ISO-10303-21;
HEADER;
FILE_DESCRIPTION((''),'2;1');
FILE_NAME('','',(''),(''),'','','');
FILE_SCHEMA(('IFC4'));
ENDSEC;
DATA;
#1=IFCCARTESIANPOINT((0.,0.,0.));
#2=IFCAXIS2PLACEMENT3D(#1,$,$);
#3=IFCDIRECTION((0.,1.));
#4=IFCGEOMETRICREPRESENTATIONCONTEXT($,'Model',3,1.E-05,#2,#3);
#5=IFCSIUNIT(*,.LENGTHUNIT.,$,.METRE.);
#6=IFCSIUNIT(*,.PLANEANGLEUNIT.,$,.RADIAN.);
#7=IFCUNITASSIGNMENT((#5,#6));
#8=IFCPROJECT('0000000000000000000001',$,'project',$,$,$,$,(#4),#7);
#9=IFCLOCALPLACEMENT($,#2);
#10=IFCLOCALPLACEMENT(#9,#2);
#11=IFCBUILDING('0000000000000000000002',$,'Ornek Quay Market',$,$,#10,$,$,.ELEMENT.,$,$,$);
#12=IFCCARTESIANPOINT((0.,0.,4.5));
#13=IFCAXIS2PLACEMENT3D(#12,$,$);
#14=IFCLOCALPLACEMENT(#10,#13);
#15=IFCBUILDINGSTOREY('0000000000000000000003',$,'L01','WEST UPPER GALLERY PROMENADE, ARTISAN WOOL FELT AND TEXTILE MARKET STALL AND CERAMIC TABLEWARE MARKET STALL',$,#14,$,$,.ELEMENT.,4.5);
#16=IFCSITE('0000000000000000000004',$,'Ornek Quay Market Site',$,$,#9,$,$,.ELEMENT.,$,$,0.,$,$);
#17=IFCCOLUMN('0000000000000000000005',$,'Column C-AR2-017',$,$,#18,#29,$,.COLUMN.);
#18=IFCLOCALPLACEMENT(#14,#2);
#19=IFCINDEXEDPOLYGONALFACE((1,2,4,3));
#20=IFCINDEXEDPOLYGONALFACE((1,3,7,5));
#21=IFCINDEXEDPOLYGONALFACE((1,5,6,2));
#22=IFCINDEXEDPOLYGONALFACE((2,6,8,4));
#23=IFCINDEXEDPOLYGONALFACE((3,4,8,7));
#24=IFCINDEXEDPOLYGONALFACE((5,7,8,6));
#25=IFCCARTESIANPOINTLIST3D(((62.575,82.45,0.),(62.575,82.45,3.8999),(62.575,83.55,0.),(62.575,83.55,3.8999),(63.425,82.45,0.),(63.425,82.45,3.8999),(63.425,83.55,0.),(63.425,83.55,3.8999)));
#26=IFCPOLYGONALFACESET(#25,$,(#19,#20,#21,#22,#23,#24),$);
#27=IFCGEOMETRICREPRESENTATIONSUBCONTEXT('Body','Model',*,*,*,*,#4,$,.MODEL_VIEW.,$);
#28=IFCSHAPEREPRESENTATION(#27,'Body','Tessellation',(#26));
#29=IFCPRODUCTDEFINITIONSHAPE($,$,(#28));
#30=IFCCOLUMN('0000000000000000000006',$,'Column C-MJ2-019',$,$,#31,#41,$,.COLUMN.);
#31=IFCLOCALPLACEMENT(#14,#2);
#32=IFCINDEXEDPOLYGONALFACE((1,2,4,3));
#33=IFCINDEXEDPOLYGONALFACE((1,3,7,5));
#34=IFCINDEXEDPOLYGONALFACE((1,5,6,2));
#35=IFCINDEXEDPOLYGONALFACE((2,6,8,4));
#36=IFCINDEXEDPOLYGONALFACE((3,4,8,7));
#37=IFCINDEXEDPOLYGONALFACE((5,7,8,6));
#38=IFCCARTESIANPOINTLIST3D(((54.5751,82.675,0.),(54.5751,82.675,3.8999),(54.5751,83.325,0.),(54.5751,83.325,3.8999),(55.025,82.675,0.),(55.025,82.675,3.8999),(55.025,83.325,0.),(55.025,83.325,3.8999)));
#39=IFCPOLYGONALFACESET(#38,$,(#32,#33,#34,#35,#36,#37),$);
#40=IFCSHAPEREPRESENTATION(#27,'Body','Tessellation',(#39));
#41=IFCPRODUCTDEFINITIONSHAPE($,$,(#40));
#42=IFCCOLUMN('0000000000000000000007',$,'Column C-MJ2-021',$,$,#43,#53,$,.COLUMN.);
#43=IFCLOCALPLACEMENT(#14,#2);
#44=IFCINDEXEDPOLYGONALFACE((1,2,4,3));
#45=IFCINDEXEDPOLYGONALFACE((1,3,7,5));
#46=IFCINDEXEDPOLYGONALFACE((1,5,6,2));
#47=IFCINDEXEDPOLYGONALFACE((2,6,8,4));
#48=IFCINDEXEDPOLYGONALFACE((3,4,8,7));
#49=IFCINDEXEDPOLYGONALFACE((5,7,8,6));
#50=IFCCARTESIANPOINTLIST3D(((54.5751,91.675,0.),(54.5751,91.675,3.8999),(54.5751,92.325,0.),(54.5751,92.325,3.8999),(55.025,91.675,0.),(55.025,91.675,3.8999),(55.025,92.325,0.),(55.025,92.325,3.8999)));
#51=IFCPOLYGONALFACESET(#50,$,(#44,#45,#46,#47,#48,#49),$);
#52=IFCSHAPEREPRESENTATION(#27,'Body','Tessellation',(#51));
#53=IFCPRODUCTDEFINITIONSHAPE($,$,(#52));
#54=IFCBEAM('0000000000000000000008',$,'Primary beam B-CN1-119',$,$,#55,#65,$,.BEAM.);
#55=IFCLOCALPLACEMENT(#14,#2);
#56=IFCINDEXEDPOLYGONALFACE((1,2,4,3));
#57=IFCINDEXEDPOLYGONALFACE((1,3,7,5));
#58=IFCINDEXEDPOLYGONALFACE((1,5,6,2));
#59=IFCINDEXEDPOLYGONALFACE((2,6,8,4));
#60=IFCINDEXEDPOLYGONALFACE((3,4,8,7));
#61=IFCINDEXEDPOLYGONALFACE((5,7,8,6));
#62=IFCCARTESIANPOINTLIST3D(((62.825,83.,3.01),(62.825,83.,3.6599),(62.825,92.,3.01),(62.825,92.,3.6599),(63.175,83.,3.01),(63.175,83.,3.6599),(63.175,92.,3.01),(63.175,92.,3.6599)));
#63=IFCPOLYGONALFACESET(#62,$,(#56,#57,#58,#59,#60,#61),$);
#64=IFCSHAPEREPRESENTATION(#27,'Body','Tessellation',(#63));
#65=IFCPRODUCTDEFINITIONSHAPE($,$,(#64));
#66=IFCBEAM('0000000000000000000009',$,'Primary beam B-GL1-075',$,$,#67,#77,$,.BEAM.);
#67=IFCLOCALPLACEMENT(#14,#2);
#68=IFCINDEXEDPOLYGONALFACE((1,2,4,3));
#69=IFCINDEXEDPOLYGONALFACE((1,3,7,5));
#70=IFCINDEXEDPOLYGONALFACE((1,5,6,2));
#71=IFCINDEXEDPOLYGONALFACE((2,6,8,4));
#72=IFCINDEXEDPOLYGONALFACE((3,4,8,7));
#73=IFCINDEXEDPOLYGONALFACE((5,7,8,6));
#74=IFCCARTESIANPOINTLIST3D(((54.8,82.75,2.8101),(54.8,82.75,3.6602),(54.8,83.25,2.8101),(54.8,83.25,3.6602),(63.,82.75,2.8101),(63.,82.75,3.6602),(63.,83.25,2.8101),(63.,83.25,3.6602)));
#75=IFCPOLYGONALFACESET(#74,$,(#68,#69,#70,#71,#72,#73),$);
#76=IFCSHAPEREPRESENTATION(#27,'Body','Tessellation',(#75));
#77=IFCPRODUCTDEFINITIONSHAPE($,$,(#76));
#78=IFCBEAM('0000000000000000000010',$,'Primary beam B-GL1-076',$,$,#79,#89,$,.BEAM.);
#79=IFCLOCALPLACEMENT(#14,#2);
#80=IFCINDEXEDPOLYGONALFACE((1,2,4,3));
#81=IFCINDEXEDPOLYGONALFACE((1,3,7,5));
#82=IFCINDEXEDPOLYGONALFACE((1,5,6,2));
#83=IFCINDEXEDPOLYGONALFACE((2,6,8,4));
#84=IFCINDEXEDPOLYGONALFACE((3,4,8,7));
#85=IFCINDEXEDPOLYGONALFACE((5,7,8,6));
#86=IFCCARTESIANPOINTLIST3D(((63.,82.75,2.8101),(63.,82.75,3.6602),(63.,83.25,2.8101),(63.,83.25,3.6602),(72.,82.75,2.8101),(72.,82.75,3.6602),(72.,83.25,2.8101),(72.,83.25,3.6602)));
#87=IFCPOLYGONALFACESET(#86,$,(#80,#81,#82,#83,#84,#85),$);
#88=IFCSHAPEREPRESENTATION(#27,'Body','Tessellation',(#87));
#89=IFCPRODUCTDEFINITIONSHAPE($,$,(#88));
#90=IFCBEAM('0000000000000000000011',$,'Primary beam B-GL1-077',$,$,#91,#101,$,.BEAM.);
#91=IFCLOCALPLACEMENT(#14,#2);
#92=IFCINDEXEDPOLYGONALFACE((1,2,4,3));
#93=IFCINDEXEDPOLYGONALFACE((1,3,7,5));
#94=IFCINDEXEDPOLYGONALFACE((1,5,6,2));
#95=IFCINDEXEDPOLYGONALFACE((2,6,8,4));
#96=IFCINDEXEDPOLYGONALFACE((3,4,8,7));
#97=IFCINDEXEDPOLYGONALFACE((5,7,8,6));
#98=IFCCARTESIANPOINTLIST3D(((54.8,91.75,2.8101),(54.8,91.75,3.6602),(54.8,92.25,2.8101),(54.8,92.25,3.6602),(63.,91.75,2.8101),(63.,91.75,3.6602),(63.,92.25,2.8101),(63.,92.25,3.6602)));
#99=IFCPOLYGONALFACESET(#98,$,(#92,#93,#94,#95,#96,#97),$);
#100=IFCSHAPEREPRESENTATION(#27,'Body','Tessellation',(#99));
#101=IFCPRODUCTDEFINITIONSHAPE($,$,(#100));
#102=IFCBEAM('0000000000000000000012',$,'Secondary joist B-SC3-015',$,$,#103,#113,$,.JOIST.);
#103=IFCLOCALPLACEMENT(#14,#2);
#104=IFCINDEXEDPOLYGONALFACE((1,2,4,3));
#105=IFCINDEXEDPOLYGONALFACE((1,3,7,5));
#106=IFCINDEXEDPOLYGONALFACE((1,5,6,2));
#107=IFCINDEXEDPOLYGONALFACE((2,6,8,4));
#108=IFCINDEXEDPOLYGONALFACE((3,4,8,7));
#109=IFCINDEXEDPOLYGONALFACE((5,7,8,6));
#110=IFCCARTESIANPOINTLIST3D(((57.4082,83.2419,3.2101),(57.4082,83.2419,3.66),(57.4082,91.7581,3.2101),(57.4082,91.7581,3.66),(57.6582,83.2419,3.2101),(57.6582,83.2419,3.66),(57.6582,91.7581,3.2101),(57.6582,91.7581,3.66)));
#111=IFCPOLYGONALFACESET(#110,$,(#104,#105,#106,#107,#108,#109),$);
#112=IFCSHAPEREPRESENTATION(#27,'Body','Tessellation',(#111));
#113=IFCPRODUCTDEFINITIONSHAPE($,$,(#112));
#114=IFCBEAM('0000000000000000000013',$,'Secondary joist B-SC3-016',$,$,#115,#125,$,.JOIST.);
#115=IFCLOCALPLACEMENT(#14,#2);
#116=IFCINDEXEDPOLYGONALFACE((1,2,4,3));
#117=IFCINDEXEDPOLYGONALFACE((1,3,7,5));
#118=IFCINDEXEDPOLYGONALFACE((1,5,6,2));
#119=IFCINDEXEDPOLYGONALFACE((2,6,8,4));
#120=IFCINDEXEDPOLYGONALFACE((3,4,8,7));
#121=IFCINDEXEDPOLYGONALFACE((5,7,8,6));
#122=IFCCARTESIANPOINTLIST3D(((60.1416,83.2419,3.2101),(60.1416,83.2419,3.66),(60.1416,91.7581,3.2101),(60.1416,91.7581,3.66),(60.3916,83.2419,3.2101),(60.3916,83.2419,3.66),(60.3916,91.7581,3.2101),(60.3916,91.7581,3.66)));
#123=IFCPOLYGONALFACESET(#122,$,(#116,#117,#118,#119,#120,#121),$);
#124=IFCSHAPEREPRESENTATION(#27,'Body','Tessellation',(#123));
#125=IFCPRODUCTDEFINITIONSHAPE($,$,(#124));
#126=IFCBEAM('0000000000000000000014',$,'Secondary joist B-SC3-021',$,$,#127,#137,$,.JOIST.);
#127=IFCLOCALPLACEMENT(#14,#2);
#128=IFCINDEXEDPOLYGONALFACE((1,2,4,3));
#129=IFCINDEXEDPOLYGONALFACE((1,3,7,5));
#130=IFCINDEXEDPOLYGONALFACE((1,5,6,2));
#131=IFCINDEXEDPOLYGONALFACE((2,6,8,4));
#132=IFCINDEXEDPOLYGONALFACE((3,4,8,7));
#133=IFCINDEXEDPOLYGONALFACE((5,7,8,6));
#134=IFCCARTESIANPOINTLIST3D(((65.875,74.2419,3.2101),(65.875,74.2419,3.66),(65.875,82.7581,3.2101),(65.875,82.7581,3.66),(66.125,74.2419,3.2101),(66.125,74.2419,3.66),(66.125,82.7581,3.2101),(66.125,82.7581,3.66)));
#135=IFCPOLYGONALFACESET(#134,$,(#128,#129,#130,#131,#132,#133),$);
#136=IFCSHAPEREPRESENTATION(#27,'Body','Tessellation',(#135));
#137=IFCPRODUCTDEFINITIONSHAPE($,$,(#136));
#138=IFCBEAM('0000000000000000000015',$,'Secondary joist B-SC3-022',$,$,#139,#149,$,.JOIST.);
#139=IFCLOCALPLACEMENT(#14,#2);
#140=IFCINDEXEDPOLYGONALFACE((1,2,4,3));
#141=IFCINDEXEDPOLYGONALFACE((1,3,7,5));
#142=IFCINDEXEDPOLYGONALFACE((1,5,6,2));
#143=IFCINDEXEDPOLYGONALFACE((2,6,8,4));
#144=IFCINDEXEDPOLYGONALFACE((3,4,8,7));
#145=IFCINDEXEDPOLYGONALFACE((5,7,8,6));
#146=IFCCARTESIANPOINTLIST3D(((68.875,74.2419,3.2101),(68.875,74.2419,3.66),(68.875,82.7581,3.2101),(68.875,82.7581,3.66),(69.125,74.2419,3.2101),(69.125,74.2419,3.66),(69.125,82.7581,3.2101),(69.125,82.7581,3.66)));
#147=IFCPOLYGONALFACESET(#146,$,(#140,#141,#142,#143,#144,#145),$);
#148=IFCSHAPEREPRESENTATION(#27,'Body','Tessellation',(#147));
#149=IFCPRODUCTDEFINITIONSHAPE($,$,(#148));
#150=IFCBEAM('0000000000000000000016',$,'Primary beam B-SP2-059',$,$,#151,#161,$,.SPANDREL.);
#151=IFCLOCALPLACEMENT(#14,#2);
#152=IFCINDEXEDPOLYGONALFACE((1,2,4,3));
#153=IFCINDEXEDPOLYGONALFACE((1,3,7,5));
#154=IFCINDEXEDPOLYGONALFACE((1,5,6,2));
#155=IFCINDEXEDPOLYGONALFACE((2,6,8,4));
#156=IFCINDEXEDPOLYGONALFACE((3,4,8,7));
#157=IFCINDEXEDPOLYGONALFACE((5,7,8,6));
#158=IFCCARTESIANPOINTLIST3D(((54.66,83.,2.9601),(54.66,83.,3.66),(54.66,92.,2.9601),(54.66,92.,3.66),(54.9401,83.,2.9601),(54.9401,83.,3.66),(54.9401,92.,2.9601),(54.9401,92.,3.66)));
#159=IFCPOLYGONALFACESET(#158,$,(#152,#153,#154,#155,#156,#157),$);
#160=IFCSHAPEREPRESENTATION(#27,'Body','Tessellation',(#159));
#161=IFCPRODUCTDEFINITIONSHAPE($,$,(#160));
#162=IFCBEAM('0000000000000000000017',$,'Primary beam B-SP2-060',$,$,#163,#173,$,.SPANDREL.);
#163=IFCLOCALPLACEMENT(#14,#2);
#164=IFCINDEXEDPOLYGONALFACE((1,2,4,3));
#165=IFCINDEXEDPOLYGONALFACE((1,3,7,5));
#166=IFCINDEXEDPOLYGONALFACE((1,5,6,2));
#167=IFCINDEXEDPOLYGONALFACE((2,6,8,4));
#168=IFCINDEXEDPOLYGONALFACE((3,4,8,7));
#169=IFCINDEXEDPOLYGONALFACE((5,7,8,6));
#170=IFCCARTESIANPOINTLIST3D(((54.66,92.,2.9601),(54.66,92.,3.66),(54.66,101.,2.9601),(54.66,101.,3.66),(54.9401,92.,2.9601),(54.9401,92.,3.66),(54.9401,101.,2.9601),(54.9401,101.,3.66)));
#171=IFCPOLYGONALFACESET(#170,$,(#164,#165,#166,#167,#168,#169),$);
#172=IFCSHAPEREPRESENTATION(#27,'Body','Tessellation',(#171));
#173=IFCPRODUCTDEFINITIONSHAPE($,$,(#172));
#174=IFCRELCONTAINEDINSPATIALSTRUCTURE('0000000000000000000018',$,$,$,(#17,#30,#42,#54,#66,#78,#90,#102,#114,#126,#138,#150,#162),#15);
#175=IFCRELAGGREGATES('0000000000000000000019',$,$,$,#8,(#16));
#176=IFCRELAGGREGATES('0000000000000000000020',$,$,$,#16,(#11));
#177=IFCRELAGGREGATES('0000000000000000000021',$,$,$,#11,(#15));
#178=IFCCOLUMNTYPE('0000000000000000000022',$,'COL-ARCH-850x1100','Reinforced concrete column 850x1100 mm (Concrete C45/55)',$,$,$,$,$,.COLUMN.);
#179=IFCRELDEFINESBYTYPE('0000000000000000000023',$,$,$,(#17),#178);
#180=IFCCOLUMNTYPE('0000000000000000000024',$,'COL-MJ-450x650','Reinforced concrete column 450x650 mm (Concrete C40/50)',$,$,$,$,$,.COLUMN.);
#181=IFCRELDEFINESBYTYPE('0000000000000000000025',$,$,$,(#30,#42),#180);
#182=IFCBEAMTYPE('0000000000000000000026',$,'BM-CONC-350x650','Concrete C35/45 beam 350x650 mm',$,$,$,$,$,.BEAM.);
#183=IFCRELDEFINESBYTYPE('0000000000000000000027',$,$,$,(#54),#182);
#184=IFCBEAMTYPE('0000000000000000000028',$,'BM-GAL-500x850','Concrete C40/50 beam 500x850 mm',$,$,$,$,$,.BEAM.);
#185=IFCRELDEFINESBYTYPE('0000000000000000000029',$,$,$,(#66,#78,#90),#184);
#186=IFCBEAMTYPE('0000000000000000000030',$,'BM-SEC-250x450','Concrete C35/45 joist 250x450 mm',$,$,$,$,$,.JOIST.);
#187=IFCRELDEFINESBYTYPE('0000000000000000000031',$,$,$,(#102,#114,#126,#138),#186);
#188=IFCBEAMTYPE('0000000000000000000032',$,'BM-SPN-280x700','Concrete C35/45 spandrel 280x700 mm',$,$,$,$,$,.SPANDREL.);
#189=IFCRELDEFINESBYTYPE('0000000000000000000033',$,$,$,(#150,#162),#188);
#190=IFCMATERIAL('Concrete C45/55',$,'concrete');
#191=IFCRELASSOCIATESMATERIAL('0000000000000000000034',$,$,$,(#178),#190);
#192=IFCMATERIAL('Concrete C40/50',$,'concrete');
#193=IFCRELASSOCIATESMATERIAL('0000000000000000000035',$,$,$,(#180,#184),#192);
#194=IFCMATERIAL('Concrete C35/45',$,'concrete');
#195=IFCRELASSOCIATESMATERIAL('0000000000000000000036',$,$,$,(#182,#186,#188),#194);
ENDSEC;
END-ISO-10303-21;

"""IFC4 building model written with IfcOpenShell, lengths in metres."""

from ifc_helpers import new_model, si_unit, direction, frame, origin, origin_2d, place, context, subcontext, project, spatial, rectangle, extrude, material, material_profile, profile_set, type_object, element, save


model = new_model("IFC4")

# Units and contexts
model_context = context("Model", 3, precision=1e-05, world=origin(), true_north=direction((0.0, 1.0)))
body_context = subcontext(model_context, "Body", "Model", "MODEL_VIEW")
ifc_project = project(units=[si_unit("LENGTHUNIT", "METRE"), si_unit("PLANEANGLEUNIT", "RADIAN")], contexts=[model_context])

# Site, building, storey
site_placement = place(None, origin())
site = spatial("IfcSite", under=ifc_project, at=site_placement, Name="Ornek Quay Market Site", CompositionType="ELEMENT", RefElevation=0.0)
building_placement = place(site_placement, origin())
building = spatial("IfcBuilding", under=site, at=building_placement, Name="Ornek Quay Market", CompositionType="ELEMENT")
storey_placement = place(building_placement, frame((0.0, 0.0, 4.5)))
storey = spatial("IfcBuildingStorey", under=building, at=storey_placement, Name="L01", Description="WEST UPPER GALLERY PROMENADE, ARTISAN WOOL FELT AND TEXTILE MARKET STALL AND CERAMIC TABLEWARE MARKET STALL", CompositionType="ELEMENT", Elevation=4.5)

# Columns
ifc_material_1 = material(Name="Concrete C45/55", Category="concrete")
ifc_material_profile_1 = material_profile(ifc_material_1, rectangle(XDim=0.8501, YDim=1.1001, at=origin_2d()), Name="RC 850x1100", Category="concrete")
ifc_profile_set_1 = profile_set([ifc_material_profile_1], Name="Concrete C45/55")
column_type_1 = type_object("IfcColumnType", Name="COL-ARCH-850x1100", Description="Reinforced concrete column 850x1100 mm (Concrete C45/55)", PredefinedType="COLUMN", material=ifc_profile_set_1)
column_placement = place(storey_placement, frame((63.0, 83.0, 0.0), z_axis=(0.0, 0.0, 1.0), x_axis=(1.0, 0.0, 0.0)))
element("IfcColumn", 1, at=column_placement, inside=storey, type_object=column_type_1, Name="Column C-AR2-017", PredefinedType="COLUMN", context=body_context, shape_type="SweptSolid", body=[
    extrude(rectangle(XDim=0.8501, YDim=1.1001, at=origin_2d()), origin(), (0.0, 0.0, 1.0), 3.8999),
])
ifc_material_2 = material(Name="Concrete C40/50", Category="concrete")
ifc_material_profile_2 = material_profile(ifc_material_2, rectangle(XDim=0.45, YDim=0.6499, at=origin_2d()), Name="RC 450x650", Category="concrete")
ifc_profile_set_2 = profile_set([ifc_material_profile_2], Name="Concrete C40/50")
column_type_2 = type_object("IfcColumnType", Name="COL-MJ-450x650", Description="Reinforced concrete column 450x650 mm (Concrete C40/50)", PredefinedType="COLUMN", material=ifc_profile_set_2)
for number, where, z_axis, x_axis, name in (
    (2, (54.8, 83.0, 0.0), (0.0, 0.0, 1.0), (1.0, 0.0, 0.0), "Column C-MJ2-019"),
    (3, (54.8, 92.0, 0.0), (0.0, 0.0, 1.0), (1.0, 0.0, 0.0), "Column C-MJ2-021"),
):
    element("IfcColumn", number, at=place(storey_placement, frame(where, z_axis=z_axis, x_axis=x_axis)), inside=storey, type_object=column_type_2, Name=name, PredefinedType="COLUMN", context=body_context, shape_type="SweptSolid", body=[
        extrude(rectangle(XDim=0.45, YDim=0.6499, at=origin_2d()), origin(), (0.0, 0.0, 1.0), 3.8999),
    ])

# Beams
ifc_material_3 = material(Name="Concrete C35/45", Category="concrete")
ifc_material_profile_3 = material_profile(ifc_material_3, rectangle(XDim=0.3501, YDim=0.6499, at=origin_2d()), Name="RC 350x650", Category="concrete")
ifc_profile_set_3 = profile_set([ifc_material_profile_3], Name="Concrete C35/45")
beam_type_1 = type_object("IfcBeamType", Name="BM-CONC-350x650", Description="Concrete C35/45 beam 350x650 mm", PredefinedType="BEAM", material=ifc_profile_set_3)
beam_1_placement = place(storey_placement, frame((63.0, 83.0, 3.335), z_axis=(0.0, 1.0, 0.0), x_axis=(-1.0, 0.0, 0.0)))
element("IfcBeam", 4, at=beam_1_placement, inside=storey, type_object=beam_type_1, Name="Primary beam B-CN1-119", PredefinedType="BEAM", context=body_context, shape_type="SweptSolid", body=[
    extrude(rectangle(XDim=0.3501, YDim=0.6499, at=origin_2d()), origin(), (0.0, 0.0, 1.0), 9.0),
])
ifc_material_profile_4 = material_profile(ifc_material_2, rectangle(XDim=0.5, YDim=0.8501, at=origin_2d()), Name="RC 500x850", Category="concrete")
ifc_profile_set_4 = profile_set([ifc_material_profile_4], Name="Concrete C40/50")
beam_type_2 = type_object("IfcBeamType", Name="BM-GAL-500x850", Description="Concrete C40/50 beam 500x850 mm", PredefinedType="BEAM", material=ifc_profile_set_4)
beam_2_placement = place(storey_placement, frame((54.8, 83.0, 3.2351), z_axis=(1.0, 0.0, 0.0), x_axis=(0.0, 1.0, 0.0)))
element("IfcBeam", 5, at=beam_2_placement, inside=storey, type_object=beam_type_2, Name="Primary beam B-GL1-075", PredefinedType="BEAM", context=body_context, shape_type="SweptSolid", body=[
    extrude(rectangle(XDim=0.5, YDim=0.8501, at=origin_2d()), origin(), (0.0, 0.0, 1.0), 8.2),
])
beam_3_placement = place(storey_placement, frame((63.0, 83.0, 3.2351), z_axis=(1.0, 0.0, 0.0), x_axis=(0.0, 1.0, 0.0)))
element("IfcBeam", 6, at=beam_3_placement, inside=storey, type_object=beam_type_2, Name="Primary beam B-GL1-076", PredefinedType="BEAM", context=body_context, shape_type="SweptSolid", body=[
    extrude(rectangle(XDim=0.5, YDim=0.8501, at=origin_2d()), origin(), (0.0, 0.0, 1.0), 9.0),
])
beam_4_placement = place(storey_placement, frame((54.8, 92.0, 3.2351), z_axis=(1.0, 0.0, 0.0), x_axis=(0.0, 1.0, 0.0)))
element("IfcBeam", 7, at=beam_4_placement, inside=storey, type_object=beam_type_2, Name="Primary beam B-GL1-077", PredefinedType="BEAM", context=body_context, shape_type="SweptSolid", body=[
    extrude(rectangle(XDim=0.5, YDim=0.8501, at=origin_2d()), origin(), (0.0, 0.0, 1.0), 8.2),
])
ifc_material_profile_5 = material_profile(ifc_material_3, rectangle(XDim=0.25, YDim=0.45, at=origin_2d()), Name="RC 250x450", Category="concrete")
ifc_profile_set_5 = profile_set([ifc_material_profile_5], Name="Concrete C35/45")
beam_type_3 = type_object("IfcBeamType", Name="BM-SEC-250x450", Description="Concrete C35/45 joist 250x450 mm", PredefinedType="JOIST", material=ifc_profile_set_5)
for number, where, z_axis, x_axis, name in (
    (8, (57.5332, 83.2419, 3.4351), (0.0, 1.0, 0.0), (-1.0, 0.0, 0.0), "Secondary joist B-SC3-015"),
    (9, (60.2666, 83.2419, 3.4351), (0.0, 1.0, 0.0), (-1.0, 0.0, 0.0), "Secondary joist B-SC3-016"),
    (10, (66.0, 74.2419, 3.4351), (0.0, 1.0, 0.0), (-1.0, 0.0, 0.0), "Secondary joist B-SC3-021"),
    (11, (69.0, 74.2419, 3.4351), (0.0, 1.0, 0.0), (-1.0, 0.0, 0.0), "Secondary joist B-SC3-022"),
):
    element("IfcBeam", number, at=place(storey_placement, frame(where, z_axis=z_axis, x_axis=x_axis)), inside=storey, type_object=beam_type_3, Name=name, PredefinedType="JOIST", context=body_context, shape_type="SweptSolid", body=[
        extrude(rectangle(XDim=0.25, YDim=0.45, at=origin_2d()), origin(), (0.0, 0.0, 1.0), 8.5161),
    ])
ifc_material_profile_6 = material_profile(ifc_material_3, rectangle(XDim=0.28, YDim=0.7, at=origin_2d()), Name="RC 280x700", Category="concrete")
ifc_profile_set_6 = profile_set([ifc_material_profile_6], Name="Concrete C35/45")
beam_type_4 = type_object("IfcBeamType", Name="BM-SPN-280x700", Description="Concrete C35/45 spandrel 280x700 mm", PredefinedType="SPANDREL", material=ifc_profile_set_6)
for number, where, z_axis, x_axis, name in (
    (12, (54.8, 83.0, 3.3101), (0.0, 1.0, 0.0), (-1.0, 0.0, 0.0), "Primary beam B-SP2-059"),
    (13, (54.8, 92.0, 3.3101), (0.0, 1.0, 0.0), (-1.0, 0.0, 0.0), "Primary beam B-SP2-060"),
):
    element("IfcBeam", number, at=place(storey_placement, frame(where, z_axis=z_axis, x_axis=x_axis)), inside=storey, type_object=beam_type_4, Name=name, PredefinedType="SPANDREL", context=body_context, shape_type="SweptSolid", body=[
        extrude(rectangle(XDim=0.28, YDim=0.7, at=origin_2d()), origin(), (0.0, 0.0, 1.0), 9.0),
    ])

save(model, "model.ifc")
